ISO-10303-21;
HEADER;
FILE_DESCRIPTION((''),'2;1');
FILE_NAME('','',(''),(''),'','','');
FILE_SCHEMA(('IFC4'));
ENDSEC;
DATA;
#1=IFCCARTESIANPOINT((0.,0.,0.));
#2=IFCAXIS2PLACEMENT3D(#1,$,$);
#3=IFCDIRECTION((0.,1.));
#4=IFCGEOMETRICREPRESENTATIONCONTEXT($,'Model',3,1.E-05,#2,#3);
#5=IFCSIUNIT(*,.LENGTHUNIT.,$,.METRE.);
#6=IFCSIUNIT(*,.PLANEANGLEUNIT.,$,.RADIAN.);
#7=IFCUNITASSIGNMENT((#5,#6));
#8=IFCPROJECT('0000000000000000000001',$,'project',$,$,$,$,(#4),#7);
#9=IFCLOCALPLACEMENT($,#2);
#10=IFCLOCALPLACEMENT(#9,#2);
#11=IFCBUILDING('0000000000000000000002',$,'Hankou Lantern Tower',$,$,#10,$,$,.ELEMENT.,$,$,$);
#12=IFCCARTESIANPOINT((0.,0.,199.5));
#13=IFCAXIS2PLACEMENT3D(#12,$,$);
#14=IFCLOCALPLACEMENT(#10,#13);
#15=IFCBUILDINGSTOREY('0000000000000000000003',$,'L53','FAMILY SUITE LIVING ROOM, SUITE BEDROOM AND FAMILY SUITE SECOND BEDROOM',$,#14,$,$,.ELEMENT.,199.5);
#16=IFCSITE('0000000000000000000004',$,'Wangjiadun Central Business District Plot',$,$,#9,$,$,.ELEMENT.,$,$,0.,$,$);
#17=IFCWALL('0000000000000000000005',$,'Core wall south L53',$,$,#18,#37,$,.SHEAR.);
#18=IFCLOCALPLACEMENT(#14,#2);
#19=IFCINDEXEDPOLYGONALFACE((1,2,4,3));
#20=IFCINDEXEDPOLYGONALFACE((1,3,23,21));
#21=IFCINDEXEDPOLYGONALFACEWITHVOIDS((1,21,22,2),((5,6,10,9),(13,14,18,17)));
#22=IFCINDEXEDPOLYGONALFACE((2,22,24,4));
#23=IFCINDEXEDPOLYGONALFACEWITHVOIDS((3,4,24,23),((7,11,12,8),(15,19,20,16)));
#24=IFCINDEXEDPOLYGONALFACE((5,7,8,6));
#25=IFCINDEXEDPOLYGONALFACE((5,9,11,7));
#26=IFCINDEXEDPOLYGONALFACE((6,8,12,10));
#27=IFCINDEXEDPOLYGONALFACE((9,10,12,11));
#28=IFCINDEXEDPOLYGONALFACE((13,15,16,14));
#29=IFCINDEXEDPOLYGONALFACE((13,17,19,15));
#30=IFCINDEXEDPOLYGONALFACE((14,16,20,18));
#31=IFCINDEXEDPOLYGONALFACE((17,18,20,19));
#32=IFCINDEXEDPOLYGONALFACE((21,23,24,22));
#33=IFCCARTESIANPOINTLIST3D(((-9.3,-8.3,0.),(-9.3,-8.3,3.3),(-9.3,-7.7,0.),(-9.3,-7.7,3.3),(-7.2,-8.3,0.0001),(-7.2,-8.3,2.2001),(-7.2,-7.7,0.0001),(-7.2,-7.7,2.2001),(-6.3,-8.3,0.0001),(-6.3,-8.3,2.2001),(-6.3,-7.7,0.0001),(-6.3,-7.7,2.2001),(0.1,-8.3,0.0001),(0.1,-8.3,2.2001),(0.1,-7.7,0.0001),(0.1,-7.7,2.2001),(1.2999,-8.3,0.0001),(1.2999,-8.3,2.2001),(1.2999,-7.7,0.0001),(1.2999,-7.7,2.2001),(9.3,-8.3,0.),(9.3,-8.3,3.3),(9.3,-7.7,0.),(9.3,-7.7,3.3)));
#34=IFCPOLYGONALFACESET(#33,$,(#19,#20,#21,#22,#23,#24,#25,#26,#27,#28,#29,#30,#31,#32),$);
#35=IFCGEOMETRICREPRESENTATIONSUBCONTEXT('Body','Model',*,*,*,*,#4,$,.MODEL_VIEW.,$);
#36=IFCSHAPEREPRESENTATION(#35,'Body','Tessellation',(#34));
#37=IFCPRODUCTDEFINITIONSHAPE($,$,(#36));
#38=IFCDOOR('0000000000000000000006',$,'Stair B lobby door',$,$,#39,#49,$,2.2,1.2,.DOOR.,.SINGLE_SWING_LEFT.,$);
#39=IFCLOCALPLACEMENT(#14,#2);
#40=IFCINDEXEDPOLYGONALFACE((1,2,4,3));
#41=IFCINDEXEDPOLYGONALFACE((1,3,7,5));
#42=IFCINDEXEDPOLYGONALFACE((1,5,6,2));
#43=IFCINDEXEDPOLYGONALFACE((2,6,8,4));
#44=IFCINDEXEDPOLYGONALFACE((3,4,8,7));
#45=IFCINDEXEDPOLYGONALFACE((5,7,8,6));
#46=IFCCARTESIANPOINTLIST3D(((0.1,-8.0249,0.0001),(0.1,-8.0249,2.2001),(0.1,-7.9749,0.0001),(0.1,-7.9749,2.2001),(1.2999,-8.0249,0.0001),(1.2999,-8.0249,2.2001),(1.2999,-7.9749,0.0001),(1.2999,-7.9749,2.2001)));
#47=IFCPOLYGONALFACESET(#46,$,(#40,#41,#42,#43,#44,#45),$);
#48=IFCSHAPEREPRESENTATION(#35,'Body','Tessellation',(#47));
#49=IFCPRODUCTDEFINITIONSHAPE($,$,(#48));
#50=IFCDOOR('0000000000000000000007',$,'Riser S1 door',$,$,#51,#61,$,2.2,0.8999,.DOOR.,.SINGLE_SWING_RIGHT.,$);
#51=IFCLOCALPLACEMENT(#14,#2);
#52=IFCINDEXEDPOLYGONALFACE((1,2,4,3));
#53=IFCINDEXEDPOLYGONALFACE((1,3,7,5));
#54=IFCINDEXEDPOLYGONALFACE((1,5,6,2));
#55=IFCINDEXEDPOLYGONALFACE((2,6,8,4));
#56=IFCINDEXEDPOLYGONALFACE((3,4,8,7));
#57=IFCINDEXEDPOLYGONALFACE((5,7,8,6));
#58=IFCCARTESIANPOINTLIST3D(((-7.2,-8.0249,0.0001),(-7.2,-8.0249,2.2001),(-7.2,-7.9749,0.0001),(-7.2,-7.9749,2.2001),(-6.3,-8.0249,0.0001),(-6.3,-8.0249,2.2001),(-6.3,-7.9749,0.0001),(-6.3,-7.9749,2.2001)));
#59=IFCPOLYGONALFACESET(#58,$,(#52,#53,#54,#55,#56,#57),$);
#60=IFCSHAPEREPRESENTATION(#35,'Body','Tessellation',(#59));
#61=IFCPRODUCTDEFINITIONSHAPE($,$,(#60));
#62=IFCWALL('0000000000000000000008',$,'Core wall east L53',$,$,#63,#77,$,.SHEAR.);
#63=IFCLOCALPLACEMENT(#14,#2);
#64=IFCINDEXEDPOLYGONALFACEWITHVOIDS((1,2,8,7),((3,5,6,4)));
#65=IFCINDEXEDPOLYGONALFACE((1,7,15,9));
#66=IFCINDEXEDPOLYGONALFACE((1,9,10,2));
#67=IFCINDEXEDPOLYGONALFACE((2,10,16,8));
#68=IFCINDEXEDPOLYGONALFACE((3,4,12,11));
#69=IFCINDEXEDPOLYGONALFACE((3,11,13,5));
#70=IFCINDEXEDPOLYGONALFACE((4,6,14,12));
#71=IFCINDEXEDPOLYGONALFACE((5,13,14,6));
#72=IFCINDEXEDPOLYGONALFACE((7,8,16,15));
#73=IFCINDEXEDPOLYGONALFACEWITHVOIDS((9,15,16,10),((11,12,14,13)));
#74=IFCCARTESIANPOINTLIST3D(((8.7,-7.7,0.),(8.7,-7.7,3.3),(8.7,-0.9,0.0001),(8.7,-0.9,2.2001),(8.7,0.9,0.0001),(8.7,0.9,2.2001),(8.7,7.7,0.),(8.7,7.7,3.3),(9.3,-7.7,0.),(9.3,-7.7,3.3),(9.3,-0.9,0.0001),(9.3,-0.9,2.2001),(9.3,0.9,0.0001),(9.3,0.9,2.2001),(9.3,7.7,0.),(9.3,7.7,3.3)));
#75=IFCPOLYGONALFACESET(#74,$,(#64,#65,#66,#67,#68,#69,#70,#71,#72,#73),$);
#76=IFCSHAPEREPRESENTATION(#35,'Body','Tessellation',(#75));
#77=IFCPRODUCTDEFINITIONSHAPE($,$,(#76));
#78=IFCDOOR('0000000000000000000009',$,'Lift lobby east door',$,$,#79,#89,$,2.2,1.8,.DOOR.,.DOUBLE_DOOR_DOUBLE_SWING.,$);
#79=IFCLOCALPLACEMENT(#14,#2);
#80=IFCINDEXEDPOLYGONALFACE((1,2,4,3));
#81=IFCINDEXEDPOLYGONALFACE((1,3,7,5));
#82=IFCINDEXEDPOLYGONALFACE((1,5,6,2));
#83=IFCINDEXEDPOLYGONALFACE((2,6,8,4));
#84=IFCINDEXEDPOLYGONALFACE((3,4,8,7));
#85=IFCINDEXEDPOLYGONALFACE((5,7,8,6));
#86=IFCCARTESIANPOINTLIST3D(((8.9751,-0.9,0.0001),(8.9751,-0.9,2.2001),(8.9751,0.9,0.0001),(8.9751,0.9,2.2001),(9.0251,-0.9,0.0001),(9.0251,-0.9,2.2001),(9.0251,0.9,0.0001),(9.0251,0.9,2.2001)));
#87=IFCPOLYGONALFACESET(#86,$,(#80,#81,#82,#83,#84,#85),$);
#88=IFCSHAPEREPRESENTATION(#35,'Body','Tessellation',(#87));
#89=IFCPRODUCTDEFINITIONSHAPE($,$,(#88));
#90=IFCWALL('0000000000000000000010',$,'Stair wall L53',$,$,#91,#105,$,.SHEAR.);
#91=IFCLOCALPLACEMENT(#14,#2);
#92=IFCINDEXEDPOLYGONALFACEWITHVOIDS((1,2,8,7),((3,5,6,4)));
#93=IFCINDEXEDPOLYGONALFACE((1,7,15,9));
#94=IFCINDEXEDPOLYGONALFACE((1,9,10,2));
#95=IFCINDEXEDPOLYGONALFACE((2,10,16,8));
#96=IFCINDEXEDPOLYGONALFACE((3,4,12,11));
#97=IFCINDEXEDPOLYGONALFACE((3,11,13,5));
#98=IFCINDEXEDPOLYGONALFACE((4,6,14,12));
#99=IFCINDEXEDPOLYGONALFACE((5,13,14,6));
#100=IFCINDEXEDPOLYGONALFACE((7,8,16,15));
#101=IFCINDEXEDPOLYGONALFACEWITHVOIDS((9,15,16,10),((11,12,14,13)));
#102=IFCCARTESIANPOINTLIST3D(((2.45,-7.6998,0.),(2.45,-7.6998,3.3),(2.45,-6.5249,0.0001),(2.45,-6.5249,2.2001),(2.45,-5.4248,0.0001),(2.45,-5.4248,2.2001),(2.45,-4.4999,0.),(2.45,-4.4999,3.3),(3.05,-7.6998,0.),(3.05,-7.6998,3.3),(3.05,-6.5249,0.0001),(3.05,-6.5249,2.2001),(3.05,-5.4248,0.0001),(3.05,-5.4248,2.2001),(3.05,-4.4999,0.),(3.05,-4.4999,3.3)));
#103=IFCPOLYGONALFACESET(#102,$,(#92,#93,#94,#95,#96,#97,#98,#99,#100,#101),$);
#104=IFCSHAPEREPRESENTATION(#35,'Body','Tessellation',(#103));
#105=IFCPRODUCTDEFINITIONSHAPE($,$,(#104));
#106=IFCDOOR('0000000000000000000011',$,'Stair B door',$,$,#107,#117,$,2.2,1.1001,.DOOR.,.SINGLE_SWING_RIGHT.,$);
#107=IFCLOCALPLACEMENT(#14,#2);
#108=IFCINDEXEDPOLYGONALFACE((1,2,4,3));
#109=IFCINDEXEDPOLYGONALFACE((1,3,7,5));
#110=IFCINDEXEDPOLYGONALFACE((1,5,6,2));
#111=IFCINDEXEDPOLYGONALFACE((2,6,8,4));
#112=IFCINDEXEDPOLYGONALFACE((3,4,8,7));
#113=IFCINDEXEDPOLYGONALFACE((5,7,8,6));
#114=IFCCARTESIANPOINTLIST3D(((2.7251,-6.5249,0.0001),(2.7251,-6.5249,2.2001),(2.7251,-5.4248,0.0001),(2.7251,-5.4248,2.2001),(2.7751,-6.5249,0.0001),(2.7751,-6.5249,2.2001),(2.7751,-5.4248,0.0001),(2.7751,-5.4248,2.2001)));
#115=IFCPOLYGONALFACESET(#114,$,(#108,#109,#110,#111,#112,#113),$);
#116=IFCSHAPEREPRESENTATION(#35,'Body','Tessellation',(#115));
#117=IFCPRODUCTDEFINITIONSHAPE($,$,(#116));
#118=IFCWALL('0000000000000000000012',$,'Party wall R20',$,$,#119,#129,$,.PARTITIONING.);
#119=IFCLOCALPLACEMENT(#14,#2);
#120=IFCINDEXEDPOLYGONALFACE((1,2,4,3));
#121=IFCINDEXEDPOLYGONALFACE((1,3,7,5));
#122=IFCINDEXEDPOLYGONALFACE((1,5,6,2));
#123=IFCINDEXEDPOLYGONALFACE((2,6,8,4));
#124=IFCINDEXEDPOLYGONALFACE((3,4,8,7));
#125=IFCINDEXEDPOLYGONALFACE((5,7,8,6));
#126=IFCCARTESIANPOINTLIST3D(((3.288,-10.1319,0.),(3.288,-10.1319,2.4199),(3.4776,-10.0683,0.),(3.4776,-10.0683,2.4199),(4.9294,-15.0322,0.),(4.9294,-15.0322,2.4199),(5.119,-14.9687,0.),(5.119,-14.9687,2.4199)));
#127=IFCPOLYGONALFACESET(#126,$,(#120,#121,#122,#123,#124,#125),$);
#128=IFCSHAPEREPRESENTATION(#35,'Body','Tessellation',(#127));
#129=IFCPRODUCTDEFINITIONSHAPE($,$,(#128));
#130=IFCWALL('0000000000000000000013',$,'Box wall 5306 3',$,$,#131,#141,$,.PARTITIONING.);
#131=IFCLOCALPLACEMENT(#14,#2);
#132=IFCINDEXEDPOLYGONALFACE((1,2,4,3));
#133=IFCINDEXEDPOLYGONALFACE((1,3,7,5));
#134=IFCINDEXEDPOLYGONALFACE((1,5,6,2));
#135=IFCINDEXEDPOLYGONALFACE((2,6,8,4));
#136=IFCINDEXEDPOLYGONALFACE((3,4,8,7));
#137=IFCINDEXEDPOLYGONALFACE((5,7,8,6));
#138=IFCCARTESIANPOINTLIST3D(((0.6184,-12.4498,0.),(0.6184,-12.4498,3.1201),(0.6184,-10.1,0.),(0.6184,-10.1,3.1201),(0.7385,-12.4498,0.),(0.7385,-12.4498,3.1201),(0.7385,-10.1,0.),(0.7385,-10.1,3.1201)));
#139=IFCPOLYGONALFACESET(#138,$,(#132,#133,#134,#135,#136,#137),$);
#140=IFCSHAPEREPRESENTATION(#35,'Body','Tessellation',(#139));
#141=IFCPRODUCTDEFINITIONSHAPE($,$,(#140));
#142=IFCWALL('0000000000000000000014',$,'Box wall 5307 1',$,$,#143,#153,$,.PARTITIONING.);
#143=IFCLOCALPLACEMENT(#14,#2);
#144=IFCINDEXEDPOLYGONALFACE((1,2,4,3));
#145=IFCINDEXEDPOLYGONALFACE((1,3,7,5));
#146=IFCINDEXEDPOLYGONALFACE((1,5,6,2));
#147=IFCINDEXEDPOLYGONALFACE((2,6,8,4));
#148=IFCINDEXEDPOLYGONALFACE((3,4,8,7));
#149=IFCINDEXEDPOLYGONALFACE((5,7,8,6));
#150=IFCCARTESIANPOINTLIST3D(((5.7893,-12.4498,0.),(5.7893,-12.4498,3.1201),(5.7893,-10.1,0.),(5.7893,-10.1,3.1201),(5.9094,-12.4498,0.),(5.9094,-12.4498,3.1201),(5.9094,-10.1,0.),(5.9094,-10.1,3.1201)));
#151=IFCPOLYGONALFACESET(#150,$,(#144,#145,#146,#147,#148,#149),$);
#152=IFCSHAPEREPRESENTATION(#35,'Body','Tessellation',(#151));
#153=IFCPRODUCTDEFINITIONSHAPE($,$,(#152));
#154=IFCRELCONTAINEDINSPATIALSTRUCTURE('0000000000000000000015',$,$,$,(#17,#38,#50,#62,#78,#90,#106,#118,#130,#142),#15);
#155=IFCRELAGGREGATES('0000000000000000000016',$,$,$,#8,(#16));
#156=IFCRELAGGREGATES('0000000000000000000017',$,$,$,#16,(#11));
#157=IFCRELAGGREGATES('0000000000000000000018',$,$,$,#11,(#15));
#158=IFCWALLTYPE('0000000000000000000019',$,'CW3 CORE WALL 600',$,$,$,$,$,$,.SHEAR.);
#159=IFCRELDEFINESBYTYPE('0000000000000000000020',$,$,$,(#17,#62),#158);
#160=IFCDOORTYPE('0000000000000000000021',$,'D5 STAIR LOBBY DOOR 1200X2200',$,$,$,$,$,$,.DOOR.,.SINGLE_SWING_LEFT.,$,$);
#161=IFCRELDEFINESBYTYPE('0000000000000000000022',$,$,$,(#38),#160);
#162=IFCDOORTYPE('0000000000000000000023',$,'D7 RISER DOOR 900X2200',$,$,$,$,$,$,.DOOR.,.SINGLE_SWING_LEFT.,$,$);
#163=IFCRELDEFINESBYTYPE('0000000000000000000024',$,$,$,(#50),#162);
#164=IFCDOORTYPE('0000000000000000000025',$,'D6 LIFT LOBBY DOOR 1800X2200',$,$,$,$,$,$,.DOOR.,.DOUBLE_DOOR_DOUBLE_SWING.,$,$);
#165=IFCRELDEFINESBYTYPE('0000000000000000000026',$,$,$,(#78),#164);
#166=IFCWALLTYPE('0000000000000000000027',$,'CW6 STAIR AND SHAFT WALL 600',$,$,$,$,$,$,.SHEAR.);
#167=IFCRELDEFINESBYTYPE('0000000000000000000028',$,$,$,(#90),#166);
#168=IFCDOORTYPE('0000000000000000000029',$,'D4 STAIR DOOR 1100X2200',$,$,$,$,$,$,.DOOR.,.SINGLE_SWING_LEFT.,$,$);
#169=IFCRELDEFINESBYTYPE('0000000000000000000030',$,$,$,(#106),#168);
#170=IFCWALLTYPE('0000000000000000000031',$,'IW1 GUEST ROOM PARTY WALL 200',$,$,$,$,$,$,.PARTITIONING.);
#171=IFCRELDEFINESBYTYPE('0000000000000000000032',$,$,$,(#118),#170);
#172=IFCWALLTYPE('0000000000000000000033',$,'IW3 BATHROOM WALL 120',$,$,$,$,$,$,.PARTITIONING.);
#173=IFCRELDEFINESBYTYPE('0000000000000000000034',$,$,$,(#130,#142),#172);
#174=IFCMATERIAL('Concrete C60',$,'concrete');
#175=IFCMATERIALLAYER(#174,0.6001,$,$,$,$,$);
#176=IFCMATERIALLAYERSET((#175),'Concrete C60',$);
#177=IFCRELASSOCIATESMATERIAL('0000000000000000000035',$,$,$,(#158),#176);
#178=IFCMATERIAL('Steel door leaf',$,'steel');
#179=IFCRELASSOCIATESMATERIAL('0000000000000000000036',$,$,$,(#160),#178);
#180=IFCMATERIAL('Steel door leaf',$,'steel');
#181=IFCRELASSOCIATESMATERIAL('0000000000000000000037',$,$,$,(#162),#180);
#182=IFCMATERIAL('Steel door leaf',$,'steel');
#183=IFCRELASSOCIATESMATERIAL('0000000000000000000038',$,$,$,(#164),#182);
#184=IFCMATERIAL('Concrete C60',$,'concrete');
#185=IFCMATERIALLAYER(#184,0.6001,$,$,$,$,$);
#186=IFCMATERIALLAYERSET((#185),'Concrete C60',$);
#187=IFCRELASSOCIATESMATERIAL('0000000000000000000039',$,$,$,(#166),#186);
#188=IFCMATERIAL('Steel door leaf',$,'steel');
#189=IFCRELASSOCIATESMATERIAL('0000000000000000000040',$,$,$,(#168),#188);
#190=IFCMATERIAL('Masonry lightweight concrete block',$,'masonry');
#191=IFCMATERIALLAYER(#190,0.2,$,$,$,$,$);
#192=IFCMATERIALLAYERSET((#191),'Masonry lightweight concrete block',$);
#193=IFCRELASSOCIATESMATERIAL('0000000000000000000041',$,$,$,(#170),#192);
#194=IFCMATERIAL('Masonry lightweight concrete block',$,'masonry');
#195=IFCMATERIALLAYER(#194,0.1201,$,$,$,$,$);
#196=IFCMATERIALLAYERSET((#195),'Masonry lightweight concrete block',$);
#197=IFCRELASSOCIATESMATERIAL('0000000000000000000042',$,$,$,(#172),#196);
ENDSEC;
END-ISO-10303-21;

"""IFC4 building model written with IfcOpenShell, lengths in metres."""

from ifc_helpers import new_model, si_unit, direction, frame, frame_2d, origin, place, context, subcontext, project, spatial, rectangle, extrude, material, layer, layer_set, type_object, element, fill, save


model = new_model("IFC4")

# Units and contexts
model_context = context("Model", 3, precision=1e-05, world=origin(), true_north=direction((0.0, 1.0)))
body_context = subcontext(model_context, "Body", "Model", "MODEL_VIEW")
ifc_project = project(units=[si_unit("LENGTHUNIT", "METRE"), si_unit("PLANEANGLEUNIT", "RADIAN")], contexts=[model_context])

# Site, building, storey
site_placement = place(None, origin())
site = spatial("IfcSite", under=ifc_project, at=site_placement, Name="Wangjiadun Central Business District Plot", CompositionType="ELEMENT", RefElevation=0.0)
building_placement = place(site_placement, origin())
building = spatial("IfcBuilding", under=site, at=building_placement, Name="Hankou Lantern Tower", CompositionType="ELEMENT")
storey_placement = place(building_placement, frame((0.0, 0.0, 199.5)))
storey = spatial("IfcBuildingStorey", under=building, at=storey_placement, Name="L53", Description="FAMILY SUITE LIVING ROOM, SUITE BEDROOM AND FAMILY SUITE SECOND BEDROOM", CompositionType="ELEMENT", Elevation=199.5)

# Wall, openings, doors
ifc_material_1 = material(Name="Concrete C60", Category="concrete")
ifc_layer_1 = layer(ifc_material_1, 0.6001)
ifc_layer_set_1 = layer_set([ifc_layer_1], Name="Concrete C60")
wall_type_1 = type_object("IfcWallType", Name="CW3 CORE WALL 600", PredefinedType="SHEAR", material=ifc_layer_set_1)
wall_1_placement = place(storey_placement, frame((9.3, -8.0, 0.0), z_axis=(0.0, 0.0, 1.0), x_axis=(-1.0, 0.0, 0.0)))
wall_1 = element("IfcWall", 1, at=wall_1_placement, inside=storey, type_object=wall_type_1, Name="Core wall south L53", PredefinedType="SHEAR", context=body_context, shape_type="SweptSolid", body=[
    extrude(rectangle(XDim=18.6001, YDim=0.6001, at=frame_2d((9.3, 0.0))), origin(), (0.0, 0.0, 1.0), 3.3),
])
opening_1_placement = place(wall_1_placement, frame((8.0, 0.0, 0.0)))
opening_1 = element("IfcOpeningElement", 2, at=opening_1_placement, cuts=wall_1, PredefinedType="OPENING", context=body_context, shape_type="SweptSolid", body=[
    extrude(rectangle(XDim=1.2, YDim=2.2, at=frame_2d((0.6001, 1.1001))), frame((0.0, 0.3101, 0.0), z_axis=(0.0, -1.0, 0.0), x_axis=(1.0, 0.0, 0.0)), (0.0, 0.0, 1.0), 0.6201),
])
opening_2_placement = place(wall_1_placement, frame((15.6001, 0.0, 0.0)))
opening_2 = element("IfcOpeningElement", 3, at=opening_2_placement, cuts=wall_1, PredefinedType="OPENING", context=body_context, shape_type="SweptSolid", body=[
    extrude(rectangle(XDim=0.8999, YDim=2.2, at=frame_2d((0.45, 1.1001))), frame((0.0, 0.3101, 0.0), z_axis=(0.0, -1.0, 0.0), x_axis=(1.0, 0.0, 0.0)), (0.0, 0.0, 1.0), 0.6201),
])
ifc_material_2 = material(Name="Steel door leaf", Category="steel")
door_type_1 = type_object("IfcDoorType", Name="D5 STAIR LOBBY DOOR 1200X2200", OperationType="SINGLE_SWING_LEFT", PredefinedType="DOOR", material=ifc_material_2)
door_1_placement = place(opening_1_placement, origin())
door_1 = element("IfcDoor", 4, at=door_1_placement, inside=storey, type_object=door_type_1, Name="Stair B lobby door", OperationType="SINGLE_SWING_LEFT", OverallHeight=2.2, OverallWidth=1.2, PredefinedType="DOOR", context=body_context, shape_type="SweptSolid", body=[
    extrude(rectangle(XDim=1.2, YDim=2.2, at=frame_2d((0.6001, 1.1001))), frame((0.0, 0.0249, 0.0), z_axis=(0.0, -1.0, 0.0), x_axis=(1.0, 0.0, 0.0)), (0.0, 0.0, 1.0), 0.05),
])
fill(opening_1, door_1)
ifc_material_3 = material(Name="Steel door leaf", Category="steel")
door_type_2 = type_object("IfcDoorType", Name="D7 RISER DOOR 900X2200", OperationType="SINGLE_SWING_LEFT", PredefinedType="DOOR", material=ifc_material_3)
door_2_placement = place(opening_2_placement, origin())
door_2 = element("IfcDoor", 5, at=door_2_placement, inside=storey, type_object=door_type_2, Name="Riser S1 door", OperationType="SINGLE_SWING_RIGHT", OverallHeight=2.2, OverallWidth=0.8999, PredefinedType="DOOR", context=body_context, shape_type="SweptSolid", body=[
    extrude(rectangle(XDim=0.8999, YDim=2.2, at=frame_2d((0.45, 1.1001))), frame((0.0, 0.0249, 0.0), z_axis=(0.0, -1.0, 0.0), x_axis=(1.0, 0.0, 0.0)), (0.0, 0.0, 1.0), 0.05),
])
fill(opening_2, door_2)

# Walls, openings, doors
wall_2_placement = place(storey_placement, frame((9.0, -7.7, 0.0), z_axis=(0.0, 0.0, 1.0), x_axis=(0.0, 1.0, 0.0)))
wall_2 = element("IfcWall", 6, at=wall_2_placement, inside=storey, type_object=wall_type_1, Name="Core wall east L53", PredefinedType="SHEAR", context=body_context, shape_type="SweptSolid", body=[
    extrude(rectangle(XDim=15.3999, YDim=0.6001, at=frame_2d((7.7, 0.0))), origin(), (0.0, 0.0, 1.0), 3.3),
])
opening_3_placement = place(wall_2_placement, frame((6.8, 0.0, 0.0)))
opening_3 = element("IfcOpeningElement", 7, at=opening_3_placement, cuts=wall_2, PredefinedType="OPENING", context=body_context, shape_type="SweptSolid", body=[
    extrude(rectangle(XDim=1.8, YDim=2.2, at=frame_2d((0.8999, 1.1001))), frame((0.0, 0.3101, 0.0), z_axis=(0.0, -1.0, 0.0), x_axis=(1.0, 0.0, 0.0)), (0.0, 0.0, 1.0), 0.6201),
])
ifc_material_4 = material(Name="Steel door leaf", Category="steel")
door_type_3 = type_object("IfcDoorType", Name="D6 LIFT LOBBY DOOR 1800X2200", OperationType="DOUBLE_DOOR_DOUBLE_SWING", PredefinedType="DOOR", material=ifc_material_4)
door_3_placement = place(opening_3_placement, origin())
door_3 = element("IfcDoor", 8, at=door_3_placement, inside=storey, type_object=door_type_3, Name="Lift lobby east door", OperationType="DOUBLE_DOOR_DOUBLE_SWING", OverallHeight=2.2, OverallWidth=1.8, PredefinedType="DOOR", context=body_context, shape_type="SweptSolid", body=[
    extrude(rectangle(XDim=1.8, YDim=2.2, at=frame_2d((0.8999, 1.1001))), frame((0.0, 0.0249, 0.0), z_axis=(0.0, -1.0, 0.0), x_axis=(1.0, 0.0, 0.0)), (0.0, 0.0, 1.0), 0.05),
])
fill(opening_3, door_3)
ifc_material_5 = material(Name="Concrete C60", Category="concrete")
ifc_layer_2 = layer(ifc_material_5, 0.6001)
ifc_layer_set_2 = layer_set([ifc_layer_2], Name="Concrete C60")
wall_type_2 = type_object("IfcWallType", Name="CW6 STAIR AND SHAFT WALL 600", PredefinedType="SHEAR", material=ifc_layer_set_2)
wall_3_placement = place(storey_placement, frame((2.75, -7.7, 0.0), z_axis=(0.0, 0.0, 1.0), x_axis=(0.0, 1.0, 0.0)))
wall_3 = element("IfcWall", 9, at=wall_3_placement, inside=storey, type_object=wall_type_2, Name="Stair wall L53", PredefinedType="SHEAR", context=body_context, shape_type="SweptSolid", body=[
    extrude(rectangle(XDim=3.2, YDim=0.6001, at=frame_2d((1.6001, 0.0))), origin(), (0.0, 0.0, 1.0), 3.3),
])
opening_4_placement = place(wall_3_placement, frame((1.175, 0.0, 0.0)))
opening_4 = element("IfcOpeningElement", 10, at=opening_4_placement, cuts=wall_3, PredefinedType="OPENING", context=body_context, shape_type="SweptSolid", body=[
    extrude(rectangle(XDim=1.1001, YDim=2.2, at=frame_2d((0.55, 1.1001))), frame((0.0, 0.3101, 0.0), z_axis=(0.0, -1.0, 0.0), x_axis=(1.0, 0.0, 0.0)), (0.0, 0.0, 1.0), 0.6201),
])
ifc_material_6 = material(Name="Steel door leaf", Category="steel")
door_type_4 = type_object("IfcDoorType", Name="D4 STAIR DOOR 1100X2200", OperationType="SINGLE_SWING_LEFT", PredefinedType="DOOR", material=ifc_material_6)
door_4_placement = place(opening_4_placement, origin())
door_4 = element("IfcDoor", 11, at=door_4_placement, inside=storey, type_object=door_type_4, Name="Stair B door", OperationType="SINGLE_SWING_RIGHT", OverallHeight=2.2, OverallWidth=1.1001, PredefinedType="DOOR", context=body_context, shape_type="SweptSolid", body=[
    extrude(rectangle(XDim=1.1001, YDim=2.2, at=frame_2d((0.55, 1.1001))), frame((0.0, 0.0249, 0.0), z_axis=(0.0, -1.0, 0.0), x_axis=(1.0, 0.0, 0.0)), (0.0, 0.0, 1.0), 0.05),
])
fill(opening_4, door_4)

# Walls
ifc_material_7 = material(Name="Masonry lightweight concrete block", Category="masonry")
ifc_layer_3 = layer(ifc_material_7, 0.2)
ifc_layer_set_3 = layer_set([ifc_layer_3], Name="Masonry lightweight concrete block")
wall_type_3 = type_object("IfcWallType", Name="IW1 GUEST ROOM PARTY WALL 200", PredefinedType="PARTITIONING", material=ifc_layer_set_3)
wall_4_placement = place(storey_placement, frame((3.3828, -10.1001, 0.0), z_axis=(0.0, 0.0, 1.0), x_axis=(0.317602, -0.948224, 0.0)))
element("IfcWall", 12, at=wall_4_placement, inside=storey, type_object=wall_type_3, Name="Party wall R20", PredefinedType="PARTITIONING", context=body_context, shape_type="SweptSolid", body=[
    extrude(rectangle(XDim=5.168, YDim=0.2, at=frame_2d((2.584, 0.0))), origin(), (0.0, 0.0, 1.0), 2.4199),
])
ifc_material_8 = material(Name="Masonry lightweight concrete block", Category="masonry")
ifc_layer_4 = layer(ifc_material_8, 0.1201)
ifc_layer_set_4 = layer_set([ifc_layer_4], Name="Masonry lightweight concrete block")
wall_type_4 = type_object("IfcWallType", Name="IW3 BATHROOM WALL 120", PredefinedType="PARTITIONING", material=ifc_layer_set_4)
for number, where, z_axis, x_axis, name in (
    (13, (0.6785, -10.1001, 0.0), (0.0, 0.0, 1.0), (0.0, -1.0, 0.0), "Box wall 5306 3"),
    (14, (5.8494, -10.1001, 0.0), (0.0, 0.0, 1.0), (0.0, -1.0, 0.0), "Box wall 5307 1"),
):
    element("IfcWall", number, at=place(storey_placement, frame(where, z_axis=z_axis, x_axis=x_axis)), inside=storey, type_object=wall_type_4, Name=name, PredefinedType="PARTITIONING", context=body_context, shape_type="SweptSolid", body=[
        extrude(rectangle(XDim=2.3499, YDim=0.1201, at=frame_2d((1.1748, 0.0))), origin(), (0.0, 0.0, 1.0), 3.1201),
    ])

save(model, "model.ifc")
